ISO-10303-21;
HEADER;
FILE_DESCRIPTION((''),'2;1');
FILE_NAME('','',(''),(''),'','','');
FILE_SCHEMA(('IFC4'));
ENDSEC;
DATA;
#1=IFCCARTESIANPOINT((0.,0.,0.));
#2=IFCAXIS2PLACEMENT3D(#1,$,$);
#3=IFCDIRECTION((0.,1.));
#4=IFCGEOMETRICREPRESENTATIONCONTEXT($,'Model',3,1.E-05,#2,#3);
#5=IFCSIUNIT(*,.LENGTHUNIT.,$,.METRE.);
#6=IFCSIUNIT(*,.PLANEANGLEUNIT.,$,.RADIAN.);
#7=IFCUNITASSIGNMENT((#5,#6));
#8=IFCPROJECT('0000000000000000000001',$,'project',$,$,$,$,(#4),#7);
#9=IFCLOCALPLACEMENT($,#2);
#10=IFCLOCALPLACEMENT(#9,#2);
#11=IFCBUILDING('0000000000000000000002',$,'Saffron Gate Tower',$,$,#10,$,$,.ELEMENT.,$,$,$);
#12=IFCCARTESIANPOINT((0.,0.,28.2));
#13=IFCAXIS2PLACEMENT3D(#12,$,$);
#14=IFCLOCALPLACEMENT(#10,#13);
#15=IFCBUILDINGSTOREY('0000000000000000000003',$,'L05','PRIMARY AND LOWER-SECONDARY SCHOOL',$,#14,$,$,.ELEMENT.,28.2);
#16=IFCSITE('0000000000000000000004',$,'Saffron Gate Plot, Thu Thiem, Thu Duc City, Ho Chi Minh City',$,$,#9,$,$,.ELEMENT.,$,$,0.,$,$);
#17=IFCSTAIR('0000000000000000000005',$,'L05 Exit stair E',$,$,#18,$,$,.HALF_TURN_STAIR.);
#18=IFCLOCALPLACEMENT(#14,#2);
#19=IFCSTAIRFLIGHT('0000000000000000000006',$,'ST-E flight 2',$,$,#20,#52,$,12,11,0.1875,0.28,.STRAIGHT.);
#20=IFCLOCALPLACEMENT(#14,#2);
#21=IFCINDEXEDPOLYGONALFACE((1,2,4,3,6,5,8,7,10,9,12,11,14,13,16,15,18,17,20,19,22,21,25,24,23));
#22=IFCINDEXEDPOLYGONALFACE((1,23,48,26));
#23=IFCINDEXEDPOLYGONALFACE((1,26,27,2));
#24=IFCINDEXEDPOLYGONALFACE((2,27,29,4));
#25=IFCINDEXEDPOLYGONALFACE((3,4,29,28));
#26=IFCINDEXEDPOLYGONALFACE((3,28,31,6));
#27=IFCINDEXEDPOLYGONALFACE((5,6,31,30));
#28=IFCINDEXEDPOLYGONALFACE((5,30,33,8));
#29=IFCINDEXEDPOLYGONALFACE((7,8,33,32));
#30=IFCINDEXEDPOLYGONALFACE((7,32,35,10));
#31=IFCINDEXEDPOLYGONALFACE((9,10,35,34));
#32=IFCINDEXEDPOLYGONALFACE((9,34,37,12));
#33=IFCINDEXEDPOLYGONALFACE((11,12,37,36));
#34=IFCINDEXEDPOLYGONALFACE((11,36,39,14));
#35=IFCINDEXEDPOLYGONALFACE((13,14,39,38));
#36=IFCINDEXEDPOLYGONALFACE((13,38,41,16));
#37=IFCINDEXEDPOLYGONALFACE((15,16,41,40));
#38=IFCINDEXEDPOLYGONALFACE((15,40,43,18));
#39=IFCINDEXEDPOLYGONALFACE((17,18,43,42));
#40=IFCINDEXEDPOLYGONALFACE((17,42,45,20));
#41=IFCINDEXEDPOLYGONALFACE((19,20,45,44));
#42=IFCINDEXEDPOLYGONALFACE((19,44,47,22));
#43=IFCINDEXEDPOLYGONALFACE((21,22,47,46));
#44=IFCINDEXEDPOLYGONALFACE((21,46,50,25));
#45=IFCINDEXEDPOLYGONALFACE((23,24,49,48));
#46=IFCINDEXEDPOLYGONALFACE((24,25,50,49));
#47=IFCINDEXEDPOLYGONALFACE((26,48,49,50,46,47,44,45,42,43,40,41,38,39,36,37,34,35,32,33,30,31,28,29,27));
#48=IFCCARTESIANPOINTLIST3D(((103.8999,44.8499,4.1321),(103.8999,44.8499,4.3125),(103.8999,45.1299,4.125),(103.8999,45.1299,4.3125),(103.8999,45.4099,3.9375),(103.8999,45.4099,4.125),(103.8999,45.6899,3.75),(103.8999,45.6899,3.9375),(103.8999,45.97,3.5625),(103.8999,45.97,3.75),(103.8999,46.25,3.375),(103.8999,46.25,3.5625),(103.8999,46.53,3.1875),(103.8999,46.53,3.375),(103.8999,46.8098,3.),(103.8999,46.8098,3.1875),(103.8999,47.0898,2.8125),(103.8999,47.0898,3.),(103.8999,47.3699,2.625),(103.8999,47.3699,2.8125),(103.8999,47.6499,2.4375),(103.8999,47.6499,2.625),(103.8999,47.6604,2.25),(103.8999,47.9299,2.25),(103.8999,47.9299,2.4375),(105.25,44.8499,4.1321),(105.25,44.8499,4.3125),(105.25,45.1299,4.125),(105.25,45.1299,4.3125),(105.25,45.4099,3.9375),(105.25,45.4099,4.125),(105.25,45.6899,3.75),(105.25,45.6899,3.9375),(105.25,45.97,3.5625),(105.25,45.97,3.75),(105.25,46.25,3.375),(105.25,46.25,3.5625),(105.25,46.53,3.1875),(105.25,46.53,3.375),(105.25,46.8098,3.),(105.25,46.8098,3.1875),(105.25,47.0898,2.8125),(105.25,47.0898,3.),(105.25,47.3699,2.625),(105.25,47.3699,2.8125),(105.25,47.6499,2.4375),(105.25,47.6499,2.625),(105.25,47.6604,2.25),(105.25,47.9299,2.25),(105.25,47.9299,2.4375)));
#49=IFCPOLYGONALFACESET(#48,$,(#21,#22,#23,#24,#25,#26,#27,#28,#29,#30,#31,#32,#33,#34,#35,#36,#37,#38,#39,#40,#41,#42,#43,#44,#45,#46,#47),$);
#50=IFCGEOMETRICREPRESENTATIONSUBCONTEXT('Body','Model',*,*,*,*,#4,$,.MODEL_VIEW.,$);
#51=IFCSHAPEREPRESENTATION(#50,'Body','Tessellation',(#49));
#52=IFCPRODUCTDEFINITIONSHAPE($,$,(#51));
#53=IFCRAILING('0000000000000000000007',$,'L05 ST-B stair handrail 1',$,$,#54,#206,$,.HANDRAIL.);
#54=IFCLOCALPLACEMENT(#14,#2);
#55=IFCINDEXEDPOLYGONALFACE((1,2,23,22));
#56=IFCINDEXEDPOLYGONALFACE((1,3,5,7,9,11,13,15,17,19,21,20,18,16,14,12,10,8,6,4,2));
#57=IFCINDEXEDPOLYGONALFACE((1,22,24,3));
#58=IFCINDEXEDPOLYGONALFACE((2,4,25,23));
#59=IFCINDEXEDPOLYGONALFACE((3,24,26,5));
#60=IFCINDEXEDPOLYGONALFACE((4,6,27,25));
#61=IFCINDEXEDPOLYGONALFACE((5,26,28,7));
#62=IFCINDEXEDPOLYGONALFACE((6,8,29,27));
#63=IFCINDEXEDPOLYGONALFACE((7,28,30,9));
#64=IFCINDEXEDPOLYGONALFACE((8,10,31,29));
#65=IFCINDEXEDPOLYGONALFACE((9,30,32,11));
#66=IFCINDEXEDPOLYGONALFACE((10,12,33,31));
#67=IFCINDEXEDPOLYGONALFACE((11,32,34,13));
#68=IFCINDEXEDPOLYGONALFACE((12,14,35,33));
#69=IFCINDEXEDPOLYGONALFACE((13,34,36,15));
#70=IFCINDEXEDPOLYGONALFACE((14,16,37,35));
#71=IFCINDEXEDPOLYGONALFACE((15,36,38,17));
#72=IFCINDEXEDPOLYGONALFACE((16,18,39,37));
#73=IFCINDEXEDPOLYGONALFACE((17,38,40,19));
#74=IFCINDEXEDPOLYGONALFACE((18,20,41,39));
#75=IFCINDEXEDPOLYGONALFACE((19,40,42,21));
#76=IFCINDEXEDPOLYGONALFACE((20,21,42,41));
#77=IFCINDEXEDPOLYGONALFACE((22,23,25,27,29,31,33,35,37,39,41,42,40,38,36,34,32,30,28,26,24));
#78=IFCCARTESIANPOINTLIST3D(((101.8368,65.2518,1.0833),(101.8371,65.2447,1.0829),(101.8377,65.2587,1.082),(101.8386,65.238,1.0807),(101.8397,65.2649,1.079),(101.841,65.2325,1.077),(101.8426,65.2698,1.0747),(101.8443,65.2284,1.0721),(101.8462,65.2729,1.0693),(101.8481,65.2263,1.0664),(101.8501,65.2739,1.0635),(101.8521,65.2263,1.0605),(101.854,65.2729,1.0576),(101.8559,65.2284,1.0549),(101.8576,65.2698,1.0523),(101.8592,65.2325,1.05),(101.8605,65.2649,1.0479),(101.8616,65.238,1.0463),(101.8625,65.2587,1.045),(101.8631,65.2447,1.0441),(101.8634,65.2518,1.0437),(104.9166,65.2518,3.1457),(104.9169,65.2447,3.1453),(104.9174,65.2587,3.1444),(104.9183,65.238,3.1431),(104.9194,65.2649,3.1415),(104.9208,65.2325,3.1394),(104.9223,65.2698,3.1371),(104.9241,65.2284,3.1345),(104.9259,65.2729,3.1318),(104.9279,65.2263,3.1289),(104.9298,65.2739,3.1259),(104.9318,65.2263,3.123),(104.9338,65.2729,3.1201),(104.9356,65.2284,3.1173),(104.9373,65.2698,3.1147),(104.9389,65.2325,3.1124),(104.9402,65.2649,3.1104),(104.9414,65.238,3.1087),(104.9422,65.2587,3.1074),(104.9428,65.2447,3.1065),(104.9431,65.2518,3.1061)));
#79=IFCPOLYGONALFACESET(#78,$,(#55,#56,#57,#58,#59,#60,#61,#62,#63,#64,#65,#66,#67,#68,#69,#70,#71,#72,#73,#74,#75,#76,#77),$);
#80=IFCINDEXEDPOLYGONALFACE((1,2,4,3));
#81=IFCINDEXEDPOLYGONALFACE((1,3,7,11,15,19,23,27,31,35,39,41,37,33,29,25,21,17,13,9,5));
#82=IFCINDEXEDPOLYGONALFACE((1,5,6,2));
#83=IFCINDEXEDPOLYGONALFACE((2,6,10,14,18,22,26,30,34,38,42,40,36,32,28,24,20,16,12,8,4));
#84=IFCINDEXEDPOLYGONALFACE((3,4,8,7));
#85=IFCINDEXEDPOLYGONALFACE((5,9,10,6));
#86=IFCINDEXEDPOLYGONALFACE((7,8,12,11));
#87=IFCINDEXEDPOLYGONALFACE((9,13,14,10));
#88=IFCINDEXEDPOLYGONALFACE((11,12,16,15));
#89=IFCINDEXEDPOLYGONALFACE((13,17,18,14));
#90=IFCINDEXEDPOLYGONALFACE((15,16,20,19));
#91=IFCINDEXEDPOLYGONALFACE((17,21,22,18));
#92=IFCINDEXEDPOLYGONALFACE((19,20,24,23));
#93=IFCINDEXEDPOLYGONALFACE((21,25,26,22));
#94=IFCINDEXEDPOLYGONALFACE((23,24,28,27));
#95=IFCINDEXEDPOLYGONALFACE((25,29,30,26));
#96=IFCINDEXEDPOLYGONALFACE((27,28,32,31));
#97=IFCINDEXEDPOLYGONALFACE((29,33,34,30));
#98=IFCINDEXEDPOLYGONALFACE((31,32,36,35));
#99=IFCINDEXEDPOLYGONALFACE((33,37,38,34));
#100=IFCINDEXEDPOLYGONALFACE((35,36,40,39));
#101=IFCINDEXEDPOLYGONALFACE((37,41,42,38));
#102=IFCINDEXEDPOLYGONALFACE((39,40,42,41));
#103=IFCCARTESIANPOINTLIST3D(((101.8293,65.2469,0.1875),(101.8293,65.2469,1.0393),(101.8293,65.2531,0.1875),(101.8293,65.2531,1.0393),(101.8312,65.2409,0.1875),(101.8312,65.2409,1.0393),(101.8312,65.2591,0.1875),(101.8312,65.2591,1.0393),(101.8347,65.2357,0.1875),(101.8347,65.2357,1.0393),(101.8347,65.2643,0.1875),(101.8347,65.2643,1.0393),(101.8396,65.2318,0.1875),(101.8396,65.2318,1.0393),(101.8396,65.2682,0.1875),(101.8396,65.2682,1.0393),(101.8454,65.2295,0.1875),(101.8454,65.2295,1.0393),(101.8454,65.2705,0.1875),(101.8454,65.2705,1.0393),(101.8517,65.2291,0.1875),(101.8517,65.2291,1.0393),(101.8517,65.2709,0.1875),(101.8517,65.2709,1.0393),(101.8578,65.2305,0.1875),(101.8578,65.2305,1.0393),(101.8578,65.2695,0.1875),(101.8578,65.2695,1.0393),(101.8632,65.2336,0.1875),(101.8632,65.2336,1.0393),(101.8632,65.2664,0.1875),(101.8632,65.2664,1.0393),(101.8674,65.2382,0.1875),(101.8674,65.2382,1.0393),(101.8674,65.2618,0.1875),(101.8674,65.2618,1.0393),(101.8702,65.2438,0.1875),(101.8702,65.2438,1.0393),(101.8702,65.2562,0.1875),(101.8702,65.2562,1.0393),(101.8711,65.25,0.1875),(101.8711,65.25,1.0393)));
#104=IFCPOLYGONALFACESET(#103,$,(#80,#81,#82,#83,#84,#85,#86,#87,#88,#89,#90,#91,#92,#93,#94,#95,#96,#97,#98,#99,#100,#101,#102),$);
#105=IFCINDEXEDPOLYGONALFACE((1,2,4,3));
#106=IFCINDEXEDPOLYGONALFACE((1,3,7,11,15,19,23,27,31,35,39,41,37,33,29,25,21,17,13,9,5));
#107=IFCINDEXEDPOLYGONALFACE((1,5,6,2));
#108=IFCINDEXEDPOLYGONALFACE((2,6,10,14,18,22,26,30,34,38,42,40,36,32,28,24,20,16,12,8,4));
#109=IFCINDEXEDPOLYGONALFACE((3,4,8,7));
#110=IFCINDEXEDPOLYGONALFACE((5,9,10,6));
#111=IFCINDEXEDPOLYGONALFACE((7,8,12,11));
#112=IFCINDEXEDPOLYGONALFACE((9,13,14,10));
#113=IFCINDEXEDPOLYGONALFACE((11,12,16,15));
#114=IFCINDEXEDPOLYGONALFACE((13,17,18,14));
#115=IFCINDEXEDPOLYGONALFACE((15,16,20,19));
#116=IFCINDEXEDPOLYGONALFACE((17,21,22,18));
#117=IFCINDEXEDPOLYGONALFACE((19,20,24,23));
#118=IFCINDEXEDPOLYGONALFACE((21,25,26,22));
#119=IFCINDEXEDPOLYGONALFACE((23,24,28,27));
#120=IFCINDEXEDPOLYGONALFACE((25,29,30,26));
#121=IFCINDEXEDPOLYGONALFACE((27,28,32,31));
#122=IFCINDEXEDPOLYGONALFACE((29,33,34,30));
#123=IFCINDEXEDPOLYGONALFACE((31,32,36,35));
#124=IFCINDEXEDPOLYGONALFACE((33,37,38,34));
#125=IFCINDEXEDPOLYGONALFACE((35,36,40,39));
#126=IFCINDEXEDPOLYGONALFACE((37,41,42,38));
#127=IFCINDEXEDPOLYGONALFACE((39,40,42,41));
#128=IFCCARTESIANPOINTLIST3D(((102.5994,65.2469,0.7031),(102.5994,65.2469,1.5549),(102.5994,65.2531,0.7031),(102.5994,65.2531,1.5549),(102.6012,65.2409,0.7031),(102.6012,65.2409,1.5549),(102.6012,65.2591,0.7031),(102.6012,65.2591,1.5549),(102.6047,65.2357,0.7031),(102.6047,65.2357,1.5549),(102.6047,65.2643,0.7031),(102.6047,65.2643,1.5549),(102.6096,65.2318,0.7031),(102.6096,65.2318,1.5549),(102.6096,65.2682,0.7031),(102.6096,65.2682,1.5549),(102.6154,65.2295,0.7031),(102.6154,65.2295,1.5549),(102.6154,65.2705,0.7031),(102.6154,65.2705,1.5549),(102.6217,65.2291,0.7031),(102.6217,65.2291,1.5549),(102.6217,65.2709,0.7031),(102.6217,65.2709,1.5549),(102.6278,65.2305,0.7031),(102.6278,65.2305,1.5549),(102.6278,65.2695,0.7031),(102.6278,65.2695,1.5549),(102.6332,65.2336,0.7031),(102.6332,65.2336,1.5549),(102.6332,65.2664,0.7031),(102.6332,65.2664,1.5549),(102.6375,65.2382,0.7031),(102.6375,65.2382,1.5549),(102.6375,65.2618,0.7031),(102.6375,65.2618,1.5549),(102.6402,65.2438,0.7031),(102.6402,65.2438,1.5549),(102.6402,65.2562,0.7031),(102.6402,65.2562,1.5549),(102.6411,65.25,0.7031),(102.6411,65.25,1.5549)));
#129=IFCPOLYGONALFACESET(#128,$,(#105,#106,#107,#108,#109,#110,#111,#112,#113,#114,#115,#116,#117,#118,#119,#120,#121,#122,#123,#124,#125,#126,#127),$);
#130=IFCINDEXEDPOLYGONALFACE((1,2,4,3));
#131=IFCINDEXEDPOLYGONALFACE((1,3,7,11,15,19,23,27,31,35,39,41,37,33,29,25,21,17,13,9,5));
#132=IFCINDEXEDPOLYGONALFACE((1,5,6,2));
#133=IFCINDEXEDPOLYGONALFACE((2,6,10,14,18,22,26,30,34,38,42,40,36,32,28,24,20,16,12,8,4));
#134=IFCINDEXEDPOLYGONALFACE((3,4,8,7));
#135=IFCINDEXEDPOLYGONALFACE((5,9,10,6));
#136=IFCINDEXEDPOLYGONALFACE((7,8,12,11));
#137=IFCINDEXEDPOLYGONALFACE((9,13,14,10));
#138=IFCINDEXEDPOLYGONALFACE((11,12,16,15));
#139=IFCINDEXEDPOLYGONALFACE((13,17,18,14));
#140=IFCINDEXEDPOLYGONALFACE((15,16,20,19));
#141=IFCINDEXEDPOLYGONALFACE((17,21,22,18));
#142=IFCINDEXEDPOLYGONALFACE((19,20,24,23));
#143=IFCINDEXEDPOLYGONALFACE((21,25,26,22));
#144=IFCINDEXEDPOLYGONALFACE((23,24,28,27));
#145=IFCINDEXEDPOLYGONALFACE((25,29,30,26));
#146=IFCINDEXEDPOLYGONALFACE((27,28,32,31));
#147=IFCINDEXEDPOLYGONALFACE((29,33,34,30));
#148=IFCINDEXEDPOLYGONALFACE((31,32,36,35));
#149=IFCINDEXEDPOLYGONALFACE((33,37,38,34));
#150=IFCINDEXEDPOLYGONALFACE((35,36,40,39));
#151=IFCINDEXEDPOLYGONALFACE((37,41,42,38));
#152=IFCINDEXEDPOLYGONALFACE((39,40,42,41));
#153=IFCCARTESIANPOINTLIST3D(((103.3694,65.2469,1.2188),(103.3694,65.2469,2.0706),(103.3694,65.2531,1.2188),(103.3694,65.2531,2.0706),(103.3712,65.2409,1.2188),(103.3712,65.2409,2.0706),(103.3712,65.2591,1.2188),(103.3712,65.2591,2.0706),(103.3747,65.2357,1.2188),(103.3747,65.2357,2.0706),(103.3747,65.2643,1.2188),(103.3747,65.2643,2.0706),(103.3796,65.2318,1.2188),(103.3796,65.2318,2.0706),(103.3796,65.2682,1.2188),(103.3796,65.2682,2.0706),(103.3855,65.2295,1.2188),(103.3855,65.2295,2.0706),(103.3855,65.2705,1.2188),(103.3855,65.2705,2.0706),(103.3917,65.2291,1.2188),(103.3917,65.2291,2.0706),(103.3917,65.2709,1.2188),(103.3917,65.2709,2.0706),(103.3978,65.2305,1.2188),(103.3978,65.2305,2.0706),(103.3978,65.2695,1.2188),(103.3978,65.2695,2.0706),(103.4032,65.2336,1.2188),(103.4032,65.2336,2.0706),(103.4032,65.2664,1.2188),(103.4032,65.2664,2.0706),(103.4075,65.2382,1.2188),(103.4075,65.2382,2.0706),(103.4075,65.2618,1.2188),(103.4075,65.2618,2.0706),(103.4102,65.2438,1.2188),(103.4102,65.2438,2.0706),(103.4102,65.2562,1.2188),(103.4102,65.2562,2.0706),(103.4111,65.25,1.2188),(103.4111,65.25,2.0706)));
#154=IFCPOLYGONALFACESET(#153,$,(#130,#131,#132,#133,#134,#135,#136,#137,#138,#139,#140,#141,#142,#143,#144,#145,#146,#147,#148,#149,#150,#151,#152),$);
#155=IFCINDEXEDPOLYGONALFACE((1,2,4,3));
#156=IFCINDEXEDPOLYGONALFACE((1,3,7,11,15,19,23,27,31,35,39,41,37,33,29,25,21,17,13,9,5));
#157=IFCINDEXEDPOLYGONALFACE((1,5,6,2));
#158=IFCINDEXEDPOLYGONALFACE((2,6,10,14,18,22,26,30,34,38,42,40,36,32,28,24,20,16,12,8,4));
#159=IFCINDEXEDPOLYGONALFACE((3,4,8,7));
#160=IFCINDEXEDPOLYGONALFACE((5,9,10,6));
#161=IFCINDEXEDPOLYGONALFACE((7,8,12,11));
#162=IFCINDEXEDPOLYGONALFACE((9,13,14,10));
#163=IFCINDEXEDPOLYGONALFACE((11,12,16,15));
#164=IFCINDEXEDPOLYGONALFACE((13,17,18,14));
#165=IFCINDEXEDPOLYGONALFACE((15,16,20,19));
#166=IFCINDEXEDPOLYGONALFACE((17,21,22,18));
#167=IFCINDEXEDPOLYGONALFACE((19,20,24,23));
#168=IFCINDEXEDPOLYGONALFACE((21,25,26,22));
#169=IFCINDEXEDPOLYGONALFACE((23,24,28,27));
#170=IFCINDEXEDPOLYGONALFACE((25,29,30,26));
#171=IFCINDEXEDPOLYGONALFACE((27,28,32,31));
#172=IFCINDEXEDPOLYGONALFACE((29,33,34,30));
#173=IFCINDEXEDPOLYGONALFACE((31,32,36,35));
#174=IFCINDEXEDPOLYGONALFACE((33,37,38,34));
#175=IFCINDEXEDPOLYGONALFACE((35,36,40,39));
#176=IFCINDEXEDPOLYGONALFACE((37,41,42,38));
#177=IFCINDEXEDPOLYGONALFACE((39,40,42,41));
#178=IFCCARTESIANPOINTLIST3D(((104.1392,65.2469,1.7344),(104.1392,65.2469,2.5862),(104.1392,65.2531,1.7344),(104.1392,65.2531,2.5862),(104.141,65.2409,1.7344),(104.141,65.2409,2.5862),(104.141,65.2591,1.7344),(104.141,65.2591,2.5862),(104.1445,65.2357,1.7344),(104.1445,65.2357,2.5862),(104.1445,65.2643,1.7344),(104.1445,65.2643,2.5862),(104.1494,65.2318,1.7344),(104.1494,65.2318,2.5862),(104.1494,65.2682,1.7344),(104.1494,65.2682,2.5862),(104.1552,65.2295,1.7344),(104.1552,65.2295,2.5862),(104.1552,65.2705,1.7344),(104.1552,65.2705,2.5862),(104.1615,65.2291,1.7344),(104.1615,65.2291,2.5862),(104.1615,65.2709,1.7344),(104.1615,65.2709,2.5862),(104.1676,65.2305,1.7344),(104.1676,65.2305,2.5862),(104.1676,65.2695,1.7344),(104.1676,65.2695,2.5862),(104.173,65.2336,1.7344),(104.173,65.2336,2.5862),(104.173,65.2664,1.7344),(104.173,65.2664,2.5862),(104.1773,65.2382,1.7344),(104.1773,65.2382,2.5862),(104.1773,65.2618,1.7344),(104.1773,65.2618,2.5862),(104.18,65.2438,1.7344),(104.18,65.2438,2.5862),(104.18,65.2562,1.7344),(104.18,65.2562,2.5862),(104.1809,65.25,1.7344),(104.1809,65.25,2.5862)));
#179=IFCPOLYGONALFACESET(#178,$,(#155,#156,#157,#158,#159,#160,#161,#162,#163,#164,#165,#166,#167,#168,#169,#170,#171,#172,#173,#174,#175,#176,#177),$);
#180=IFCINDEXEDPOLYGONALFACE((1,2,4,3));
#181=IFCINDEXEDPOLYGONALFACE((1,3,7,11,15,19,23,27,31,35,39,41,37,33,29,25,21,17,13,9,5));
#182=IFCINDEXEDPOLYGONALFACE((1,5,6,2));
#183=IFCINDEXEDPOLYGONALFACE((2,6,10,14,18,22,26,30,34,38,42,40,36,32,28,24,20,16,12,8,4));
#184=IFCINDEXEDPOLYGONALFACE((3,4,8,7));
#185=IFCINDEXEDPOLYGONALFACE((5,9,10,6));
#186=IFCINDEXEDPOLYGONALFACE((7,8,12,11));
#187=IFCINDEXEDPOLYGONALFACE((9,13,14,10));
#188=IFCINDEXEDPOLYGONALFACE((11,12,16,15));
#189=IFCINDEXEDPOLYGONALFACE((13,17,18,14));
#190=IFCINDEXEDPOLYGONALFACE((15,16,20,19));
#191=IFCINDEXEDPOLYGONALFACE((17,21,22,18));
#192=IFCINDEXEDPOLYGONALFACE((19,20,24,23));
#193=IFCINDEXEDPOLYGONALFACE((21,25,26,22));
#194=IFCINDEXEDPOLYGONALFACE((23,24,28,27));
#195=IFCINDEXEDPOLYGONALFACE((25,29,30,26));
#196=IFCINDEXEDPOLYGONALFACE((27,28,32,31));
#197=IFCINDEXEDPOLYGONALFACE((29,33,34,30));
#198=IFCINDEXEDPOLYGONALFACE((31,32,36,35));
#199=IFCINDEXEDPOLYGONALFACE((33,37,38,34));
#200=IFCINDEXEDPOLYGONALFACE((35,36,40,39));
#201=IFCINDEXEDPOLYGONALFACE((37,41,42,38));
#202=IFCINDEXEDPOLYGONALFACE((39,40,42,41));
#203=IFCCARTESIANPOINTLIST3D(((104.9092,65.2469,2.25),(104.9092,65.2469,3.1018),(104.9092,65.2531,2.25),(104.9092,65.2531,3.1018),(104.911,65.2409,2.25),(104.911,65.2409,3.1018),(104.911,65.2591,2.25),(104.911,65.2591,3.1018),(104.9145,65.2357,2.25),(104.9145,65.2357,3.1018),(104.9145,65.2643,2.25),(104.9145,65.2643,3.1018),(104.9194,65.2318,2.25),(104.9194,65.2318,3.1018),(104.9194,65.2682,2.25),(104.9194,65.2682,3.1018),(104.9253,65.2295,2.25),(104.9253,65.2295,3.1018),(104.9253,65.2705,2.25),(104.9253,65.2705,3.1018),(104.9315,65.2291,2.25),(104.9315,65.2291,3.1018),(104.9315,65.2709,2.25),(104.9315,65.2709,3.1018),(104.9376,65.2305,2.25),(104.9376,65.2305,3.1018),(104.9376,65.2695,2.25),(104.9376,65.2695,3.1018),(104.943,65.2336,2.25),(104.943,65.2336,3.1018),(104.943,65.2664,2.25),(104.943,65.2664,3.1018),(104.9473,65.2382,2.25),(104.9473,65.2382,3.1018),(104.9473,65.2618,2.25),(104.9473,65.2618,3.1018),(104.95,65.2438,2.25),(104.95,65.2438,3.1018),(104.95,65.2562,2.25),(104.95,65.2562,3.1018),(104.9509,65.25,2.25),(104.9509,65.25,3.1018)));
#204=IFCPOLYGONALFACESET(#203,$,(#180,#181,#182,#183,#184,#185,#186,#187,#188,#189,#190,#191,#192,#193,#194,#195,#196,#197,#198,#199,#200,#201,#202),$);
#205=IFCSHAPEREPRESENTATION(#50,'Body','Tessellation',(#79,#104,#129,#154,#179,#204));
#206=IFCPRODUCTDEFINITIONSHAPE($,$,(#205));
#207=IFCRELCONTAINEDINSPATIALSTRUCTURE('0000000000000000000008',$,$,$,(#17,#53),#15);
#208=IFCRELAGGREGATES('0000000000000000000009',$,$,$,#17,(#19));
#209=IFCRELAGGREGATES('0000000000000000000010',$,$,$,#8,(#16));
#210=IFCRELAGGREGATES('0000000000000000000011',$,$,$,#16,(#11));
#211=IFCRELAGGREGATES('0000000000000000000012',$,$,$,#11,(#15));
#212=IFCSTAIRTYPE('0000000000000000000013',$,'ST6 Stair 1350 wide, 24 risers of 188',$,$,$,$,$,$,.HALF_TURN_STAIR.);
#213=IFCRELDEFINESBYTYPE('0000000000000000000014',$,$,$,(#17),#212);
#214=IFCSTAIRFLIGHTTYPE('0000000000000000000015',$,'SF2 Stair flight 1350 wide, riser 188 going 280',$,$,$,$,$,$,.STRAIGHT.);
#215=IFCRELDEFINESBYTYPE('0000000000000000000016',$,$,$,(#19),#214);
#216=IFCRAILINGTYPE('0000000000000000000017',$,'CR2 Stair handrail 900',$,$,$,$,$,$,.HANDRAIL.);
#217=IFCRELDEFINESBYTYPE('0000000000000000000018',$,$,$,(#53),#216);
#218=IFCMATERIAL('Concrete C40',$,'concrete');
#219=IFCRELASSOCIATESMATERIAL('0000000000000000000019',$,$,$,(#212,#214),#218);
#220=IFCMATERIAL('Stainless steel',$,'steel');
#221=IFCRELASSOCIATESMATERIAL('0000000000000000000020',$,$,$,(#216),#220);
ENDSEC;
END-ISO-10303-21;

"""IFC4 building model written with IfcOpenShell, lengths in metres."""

from ifc_helpers import new_model, si_unit, direction, frame, origin, origin_2d, place, context, subcontext, project, spatial, polyline, circle, outline, extrude, material, type_object, element, aggregate, save


model = new_model("IFC4")

# Units and contexts
model_context = context("Model", 3, precision=1e-05, world=origin(), true_north=direction((0.0, 1.0)))
body_context = subcontext(model_context, "Body", "Model", "MODEL_VIEW")
ifc_project = project(units=[si_unit("LENGTHUNIT", "METRE"), si_unit("PLANEANGLEUNIT", "RADIAN")], contexts=[model_context])

# Site, building, storey
site_placement = place(None, origin())
site = spatial("IfcSite", under=ifc_project, at=site_placement, Name="Saffron Gate Plot, Thu Thiem, Thu Duc City, Ho Chi Minh City", CompositionType="ELEMENT", RefElevation=0.0)
building_placement = place(site_placement, origin())
building = spatial("IfcBuilding", under=site, at=building_placement, Name="Saffron Gate Tower", CompositionType="ELEMENT")
storey_placement = place(building_placement, frame((0.0, 0.0, 28.2)))
storey = spatial("IfcBuildingStorey", under=building, at=storey_placement, Name="L05", Description="PRIMARY AND LOWER-SECONDARY SCHOOL", CompositionType="ELEMENT", Elevation=28.2)

# Shared definitions
ifc_material_1 = material(Name="Concrete C40", Category="concrete")
stair_type = type_object("IfcStairType", Name="ST6 Stair 1350 wide, 24 risers of 188", PredefinedType="HALF_TURN_STAIR", material=ifc_material_1)
stair_flight_type = type_object("IfcStairFlightType", Name="SF2 Stair flight 1350 wide, riser 188 going 280", PredefinedType="STRAIGHT", material=ifc_material_1)

# Stair, stair flight
stair_1_placement = place(storey_placement, origin())
stair_1 = element("IfcStair", 1, at=stair_1_placement, inside=storey, type_object=stair_type, Name="L05 Exit stair E", PredefinedType="HALF_TURN_STAIR")
stair_flight_1_placement = place(storey_placement, frame((104.575, 47.9299, 2.25), z_axis=(0.0, 0.0, 1.0), x_axis=(0.0, -1.0, 0.0)))
stair_flight_1 = element("IfcStairFlight", 2, at=stair_flight_1_placement, type_object=stair_flight_type, Name="ST-E flight 2", NumberOfRisers=12, NumberOfTreads=11, PredefinedType="STRAIGHT", RiserHeight=0.1875, TreadLength=0.28, context=body_context, shape_type="SweptSolid", body=[
    extrude(outline(polyline([(0.0, 0.0), (0.0, 0.1875), (0.28, 0.1875), (0.28, 0.375), (0.5601, 0.375), (0.5601, 0.5625), (0.8401, 0.5625), (0.8401, 0.75), (1.1201, 0.75), (1.1201, 0.9375), (1.3999, 0.9375), (1.3999, 1.125), (1.6799, 1.125), (1.6799, 1.3125), (1.96, 1.3125), (1.96, 1.5), (2.24, 1.5), (2.24, 1.6875), (2.52, 1.6875), (2.52, 1.875), (2.8, 1.875), (2.8, 2.0625), (3.0801, 2.0625), (3.0801, 2.25), (3.0801, 1.8821), (0.2695, 0.0), (0.0, 0.0)])), frame((0.0, 0.675, 0.0), z_axis=(0.0, -1.0, 0.0), x_axis=(1.0, 0.0, 0.0)), (0.0, 0.0, 1.0), 1.3501),
])
aggregate(stair_1, [stair_flight_1])

# Railing
ifc_material_2 = material(Name="Stainless steel", Category="steel")
railing_type_1 = type_object("IfcRailingType", Name="CR2 Stair handrail 900", PredefinedType="HANDRAIL", material=ifc_material_2)
railing_1_placement = place(storey_placement, frame((101.8501, 65.25, 0.1875)))
element("IfcRailing", 3, at=railing_1_placement, inside=storey, type_object=railing_type_1, Name="L05 ST-B stair handrail 1", PredefinedType="HANDRAIL", context=body_context, shape_type="SweptSolid", body=[
    extrude(circle(Radius=0.0239, at=origin_2d()), frame((0.0, 0.0, 0.876), z_axis=(0.830893, 0.0, 0.556432), x_axis=(0.0, 1.0, 0.0)), (0.0, 0.0, 1.0), 3.7065),
    extrude(circle(Radius=0.021, at=origin_2d()), origin(), (0.0, 0.0, 1.0), 0.8518),
    extrude(circle(Radius=0.021, at=origin_2d()), frame((0.77, 0.0, 0.5156)), (0.0, 0.0, 1.0), 0.8518),
    extrude(circle(Radius=0.021, at=origin_2d()), frame((1.54, 0.0, 1.0312)), (0.0, 0.0, 1.0), 0.8518),
    extrude(circle(Radius=0.021, at=origin_2d()), frame((2.3098, 0.0, 1.5469)), (0.0, 0.0, 1.0), 0.8518),
    extrude(circle(Radius=0.021, at=origin_2d()), frame((3.0798, 0.0, 2.0625)), (0.0, 0.0, 1.0), 0.8518),
])

save(model, "model.ifc")
